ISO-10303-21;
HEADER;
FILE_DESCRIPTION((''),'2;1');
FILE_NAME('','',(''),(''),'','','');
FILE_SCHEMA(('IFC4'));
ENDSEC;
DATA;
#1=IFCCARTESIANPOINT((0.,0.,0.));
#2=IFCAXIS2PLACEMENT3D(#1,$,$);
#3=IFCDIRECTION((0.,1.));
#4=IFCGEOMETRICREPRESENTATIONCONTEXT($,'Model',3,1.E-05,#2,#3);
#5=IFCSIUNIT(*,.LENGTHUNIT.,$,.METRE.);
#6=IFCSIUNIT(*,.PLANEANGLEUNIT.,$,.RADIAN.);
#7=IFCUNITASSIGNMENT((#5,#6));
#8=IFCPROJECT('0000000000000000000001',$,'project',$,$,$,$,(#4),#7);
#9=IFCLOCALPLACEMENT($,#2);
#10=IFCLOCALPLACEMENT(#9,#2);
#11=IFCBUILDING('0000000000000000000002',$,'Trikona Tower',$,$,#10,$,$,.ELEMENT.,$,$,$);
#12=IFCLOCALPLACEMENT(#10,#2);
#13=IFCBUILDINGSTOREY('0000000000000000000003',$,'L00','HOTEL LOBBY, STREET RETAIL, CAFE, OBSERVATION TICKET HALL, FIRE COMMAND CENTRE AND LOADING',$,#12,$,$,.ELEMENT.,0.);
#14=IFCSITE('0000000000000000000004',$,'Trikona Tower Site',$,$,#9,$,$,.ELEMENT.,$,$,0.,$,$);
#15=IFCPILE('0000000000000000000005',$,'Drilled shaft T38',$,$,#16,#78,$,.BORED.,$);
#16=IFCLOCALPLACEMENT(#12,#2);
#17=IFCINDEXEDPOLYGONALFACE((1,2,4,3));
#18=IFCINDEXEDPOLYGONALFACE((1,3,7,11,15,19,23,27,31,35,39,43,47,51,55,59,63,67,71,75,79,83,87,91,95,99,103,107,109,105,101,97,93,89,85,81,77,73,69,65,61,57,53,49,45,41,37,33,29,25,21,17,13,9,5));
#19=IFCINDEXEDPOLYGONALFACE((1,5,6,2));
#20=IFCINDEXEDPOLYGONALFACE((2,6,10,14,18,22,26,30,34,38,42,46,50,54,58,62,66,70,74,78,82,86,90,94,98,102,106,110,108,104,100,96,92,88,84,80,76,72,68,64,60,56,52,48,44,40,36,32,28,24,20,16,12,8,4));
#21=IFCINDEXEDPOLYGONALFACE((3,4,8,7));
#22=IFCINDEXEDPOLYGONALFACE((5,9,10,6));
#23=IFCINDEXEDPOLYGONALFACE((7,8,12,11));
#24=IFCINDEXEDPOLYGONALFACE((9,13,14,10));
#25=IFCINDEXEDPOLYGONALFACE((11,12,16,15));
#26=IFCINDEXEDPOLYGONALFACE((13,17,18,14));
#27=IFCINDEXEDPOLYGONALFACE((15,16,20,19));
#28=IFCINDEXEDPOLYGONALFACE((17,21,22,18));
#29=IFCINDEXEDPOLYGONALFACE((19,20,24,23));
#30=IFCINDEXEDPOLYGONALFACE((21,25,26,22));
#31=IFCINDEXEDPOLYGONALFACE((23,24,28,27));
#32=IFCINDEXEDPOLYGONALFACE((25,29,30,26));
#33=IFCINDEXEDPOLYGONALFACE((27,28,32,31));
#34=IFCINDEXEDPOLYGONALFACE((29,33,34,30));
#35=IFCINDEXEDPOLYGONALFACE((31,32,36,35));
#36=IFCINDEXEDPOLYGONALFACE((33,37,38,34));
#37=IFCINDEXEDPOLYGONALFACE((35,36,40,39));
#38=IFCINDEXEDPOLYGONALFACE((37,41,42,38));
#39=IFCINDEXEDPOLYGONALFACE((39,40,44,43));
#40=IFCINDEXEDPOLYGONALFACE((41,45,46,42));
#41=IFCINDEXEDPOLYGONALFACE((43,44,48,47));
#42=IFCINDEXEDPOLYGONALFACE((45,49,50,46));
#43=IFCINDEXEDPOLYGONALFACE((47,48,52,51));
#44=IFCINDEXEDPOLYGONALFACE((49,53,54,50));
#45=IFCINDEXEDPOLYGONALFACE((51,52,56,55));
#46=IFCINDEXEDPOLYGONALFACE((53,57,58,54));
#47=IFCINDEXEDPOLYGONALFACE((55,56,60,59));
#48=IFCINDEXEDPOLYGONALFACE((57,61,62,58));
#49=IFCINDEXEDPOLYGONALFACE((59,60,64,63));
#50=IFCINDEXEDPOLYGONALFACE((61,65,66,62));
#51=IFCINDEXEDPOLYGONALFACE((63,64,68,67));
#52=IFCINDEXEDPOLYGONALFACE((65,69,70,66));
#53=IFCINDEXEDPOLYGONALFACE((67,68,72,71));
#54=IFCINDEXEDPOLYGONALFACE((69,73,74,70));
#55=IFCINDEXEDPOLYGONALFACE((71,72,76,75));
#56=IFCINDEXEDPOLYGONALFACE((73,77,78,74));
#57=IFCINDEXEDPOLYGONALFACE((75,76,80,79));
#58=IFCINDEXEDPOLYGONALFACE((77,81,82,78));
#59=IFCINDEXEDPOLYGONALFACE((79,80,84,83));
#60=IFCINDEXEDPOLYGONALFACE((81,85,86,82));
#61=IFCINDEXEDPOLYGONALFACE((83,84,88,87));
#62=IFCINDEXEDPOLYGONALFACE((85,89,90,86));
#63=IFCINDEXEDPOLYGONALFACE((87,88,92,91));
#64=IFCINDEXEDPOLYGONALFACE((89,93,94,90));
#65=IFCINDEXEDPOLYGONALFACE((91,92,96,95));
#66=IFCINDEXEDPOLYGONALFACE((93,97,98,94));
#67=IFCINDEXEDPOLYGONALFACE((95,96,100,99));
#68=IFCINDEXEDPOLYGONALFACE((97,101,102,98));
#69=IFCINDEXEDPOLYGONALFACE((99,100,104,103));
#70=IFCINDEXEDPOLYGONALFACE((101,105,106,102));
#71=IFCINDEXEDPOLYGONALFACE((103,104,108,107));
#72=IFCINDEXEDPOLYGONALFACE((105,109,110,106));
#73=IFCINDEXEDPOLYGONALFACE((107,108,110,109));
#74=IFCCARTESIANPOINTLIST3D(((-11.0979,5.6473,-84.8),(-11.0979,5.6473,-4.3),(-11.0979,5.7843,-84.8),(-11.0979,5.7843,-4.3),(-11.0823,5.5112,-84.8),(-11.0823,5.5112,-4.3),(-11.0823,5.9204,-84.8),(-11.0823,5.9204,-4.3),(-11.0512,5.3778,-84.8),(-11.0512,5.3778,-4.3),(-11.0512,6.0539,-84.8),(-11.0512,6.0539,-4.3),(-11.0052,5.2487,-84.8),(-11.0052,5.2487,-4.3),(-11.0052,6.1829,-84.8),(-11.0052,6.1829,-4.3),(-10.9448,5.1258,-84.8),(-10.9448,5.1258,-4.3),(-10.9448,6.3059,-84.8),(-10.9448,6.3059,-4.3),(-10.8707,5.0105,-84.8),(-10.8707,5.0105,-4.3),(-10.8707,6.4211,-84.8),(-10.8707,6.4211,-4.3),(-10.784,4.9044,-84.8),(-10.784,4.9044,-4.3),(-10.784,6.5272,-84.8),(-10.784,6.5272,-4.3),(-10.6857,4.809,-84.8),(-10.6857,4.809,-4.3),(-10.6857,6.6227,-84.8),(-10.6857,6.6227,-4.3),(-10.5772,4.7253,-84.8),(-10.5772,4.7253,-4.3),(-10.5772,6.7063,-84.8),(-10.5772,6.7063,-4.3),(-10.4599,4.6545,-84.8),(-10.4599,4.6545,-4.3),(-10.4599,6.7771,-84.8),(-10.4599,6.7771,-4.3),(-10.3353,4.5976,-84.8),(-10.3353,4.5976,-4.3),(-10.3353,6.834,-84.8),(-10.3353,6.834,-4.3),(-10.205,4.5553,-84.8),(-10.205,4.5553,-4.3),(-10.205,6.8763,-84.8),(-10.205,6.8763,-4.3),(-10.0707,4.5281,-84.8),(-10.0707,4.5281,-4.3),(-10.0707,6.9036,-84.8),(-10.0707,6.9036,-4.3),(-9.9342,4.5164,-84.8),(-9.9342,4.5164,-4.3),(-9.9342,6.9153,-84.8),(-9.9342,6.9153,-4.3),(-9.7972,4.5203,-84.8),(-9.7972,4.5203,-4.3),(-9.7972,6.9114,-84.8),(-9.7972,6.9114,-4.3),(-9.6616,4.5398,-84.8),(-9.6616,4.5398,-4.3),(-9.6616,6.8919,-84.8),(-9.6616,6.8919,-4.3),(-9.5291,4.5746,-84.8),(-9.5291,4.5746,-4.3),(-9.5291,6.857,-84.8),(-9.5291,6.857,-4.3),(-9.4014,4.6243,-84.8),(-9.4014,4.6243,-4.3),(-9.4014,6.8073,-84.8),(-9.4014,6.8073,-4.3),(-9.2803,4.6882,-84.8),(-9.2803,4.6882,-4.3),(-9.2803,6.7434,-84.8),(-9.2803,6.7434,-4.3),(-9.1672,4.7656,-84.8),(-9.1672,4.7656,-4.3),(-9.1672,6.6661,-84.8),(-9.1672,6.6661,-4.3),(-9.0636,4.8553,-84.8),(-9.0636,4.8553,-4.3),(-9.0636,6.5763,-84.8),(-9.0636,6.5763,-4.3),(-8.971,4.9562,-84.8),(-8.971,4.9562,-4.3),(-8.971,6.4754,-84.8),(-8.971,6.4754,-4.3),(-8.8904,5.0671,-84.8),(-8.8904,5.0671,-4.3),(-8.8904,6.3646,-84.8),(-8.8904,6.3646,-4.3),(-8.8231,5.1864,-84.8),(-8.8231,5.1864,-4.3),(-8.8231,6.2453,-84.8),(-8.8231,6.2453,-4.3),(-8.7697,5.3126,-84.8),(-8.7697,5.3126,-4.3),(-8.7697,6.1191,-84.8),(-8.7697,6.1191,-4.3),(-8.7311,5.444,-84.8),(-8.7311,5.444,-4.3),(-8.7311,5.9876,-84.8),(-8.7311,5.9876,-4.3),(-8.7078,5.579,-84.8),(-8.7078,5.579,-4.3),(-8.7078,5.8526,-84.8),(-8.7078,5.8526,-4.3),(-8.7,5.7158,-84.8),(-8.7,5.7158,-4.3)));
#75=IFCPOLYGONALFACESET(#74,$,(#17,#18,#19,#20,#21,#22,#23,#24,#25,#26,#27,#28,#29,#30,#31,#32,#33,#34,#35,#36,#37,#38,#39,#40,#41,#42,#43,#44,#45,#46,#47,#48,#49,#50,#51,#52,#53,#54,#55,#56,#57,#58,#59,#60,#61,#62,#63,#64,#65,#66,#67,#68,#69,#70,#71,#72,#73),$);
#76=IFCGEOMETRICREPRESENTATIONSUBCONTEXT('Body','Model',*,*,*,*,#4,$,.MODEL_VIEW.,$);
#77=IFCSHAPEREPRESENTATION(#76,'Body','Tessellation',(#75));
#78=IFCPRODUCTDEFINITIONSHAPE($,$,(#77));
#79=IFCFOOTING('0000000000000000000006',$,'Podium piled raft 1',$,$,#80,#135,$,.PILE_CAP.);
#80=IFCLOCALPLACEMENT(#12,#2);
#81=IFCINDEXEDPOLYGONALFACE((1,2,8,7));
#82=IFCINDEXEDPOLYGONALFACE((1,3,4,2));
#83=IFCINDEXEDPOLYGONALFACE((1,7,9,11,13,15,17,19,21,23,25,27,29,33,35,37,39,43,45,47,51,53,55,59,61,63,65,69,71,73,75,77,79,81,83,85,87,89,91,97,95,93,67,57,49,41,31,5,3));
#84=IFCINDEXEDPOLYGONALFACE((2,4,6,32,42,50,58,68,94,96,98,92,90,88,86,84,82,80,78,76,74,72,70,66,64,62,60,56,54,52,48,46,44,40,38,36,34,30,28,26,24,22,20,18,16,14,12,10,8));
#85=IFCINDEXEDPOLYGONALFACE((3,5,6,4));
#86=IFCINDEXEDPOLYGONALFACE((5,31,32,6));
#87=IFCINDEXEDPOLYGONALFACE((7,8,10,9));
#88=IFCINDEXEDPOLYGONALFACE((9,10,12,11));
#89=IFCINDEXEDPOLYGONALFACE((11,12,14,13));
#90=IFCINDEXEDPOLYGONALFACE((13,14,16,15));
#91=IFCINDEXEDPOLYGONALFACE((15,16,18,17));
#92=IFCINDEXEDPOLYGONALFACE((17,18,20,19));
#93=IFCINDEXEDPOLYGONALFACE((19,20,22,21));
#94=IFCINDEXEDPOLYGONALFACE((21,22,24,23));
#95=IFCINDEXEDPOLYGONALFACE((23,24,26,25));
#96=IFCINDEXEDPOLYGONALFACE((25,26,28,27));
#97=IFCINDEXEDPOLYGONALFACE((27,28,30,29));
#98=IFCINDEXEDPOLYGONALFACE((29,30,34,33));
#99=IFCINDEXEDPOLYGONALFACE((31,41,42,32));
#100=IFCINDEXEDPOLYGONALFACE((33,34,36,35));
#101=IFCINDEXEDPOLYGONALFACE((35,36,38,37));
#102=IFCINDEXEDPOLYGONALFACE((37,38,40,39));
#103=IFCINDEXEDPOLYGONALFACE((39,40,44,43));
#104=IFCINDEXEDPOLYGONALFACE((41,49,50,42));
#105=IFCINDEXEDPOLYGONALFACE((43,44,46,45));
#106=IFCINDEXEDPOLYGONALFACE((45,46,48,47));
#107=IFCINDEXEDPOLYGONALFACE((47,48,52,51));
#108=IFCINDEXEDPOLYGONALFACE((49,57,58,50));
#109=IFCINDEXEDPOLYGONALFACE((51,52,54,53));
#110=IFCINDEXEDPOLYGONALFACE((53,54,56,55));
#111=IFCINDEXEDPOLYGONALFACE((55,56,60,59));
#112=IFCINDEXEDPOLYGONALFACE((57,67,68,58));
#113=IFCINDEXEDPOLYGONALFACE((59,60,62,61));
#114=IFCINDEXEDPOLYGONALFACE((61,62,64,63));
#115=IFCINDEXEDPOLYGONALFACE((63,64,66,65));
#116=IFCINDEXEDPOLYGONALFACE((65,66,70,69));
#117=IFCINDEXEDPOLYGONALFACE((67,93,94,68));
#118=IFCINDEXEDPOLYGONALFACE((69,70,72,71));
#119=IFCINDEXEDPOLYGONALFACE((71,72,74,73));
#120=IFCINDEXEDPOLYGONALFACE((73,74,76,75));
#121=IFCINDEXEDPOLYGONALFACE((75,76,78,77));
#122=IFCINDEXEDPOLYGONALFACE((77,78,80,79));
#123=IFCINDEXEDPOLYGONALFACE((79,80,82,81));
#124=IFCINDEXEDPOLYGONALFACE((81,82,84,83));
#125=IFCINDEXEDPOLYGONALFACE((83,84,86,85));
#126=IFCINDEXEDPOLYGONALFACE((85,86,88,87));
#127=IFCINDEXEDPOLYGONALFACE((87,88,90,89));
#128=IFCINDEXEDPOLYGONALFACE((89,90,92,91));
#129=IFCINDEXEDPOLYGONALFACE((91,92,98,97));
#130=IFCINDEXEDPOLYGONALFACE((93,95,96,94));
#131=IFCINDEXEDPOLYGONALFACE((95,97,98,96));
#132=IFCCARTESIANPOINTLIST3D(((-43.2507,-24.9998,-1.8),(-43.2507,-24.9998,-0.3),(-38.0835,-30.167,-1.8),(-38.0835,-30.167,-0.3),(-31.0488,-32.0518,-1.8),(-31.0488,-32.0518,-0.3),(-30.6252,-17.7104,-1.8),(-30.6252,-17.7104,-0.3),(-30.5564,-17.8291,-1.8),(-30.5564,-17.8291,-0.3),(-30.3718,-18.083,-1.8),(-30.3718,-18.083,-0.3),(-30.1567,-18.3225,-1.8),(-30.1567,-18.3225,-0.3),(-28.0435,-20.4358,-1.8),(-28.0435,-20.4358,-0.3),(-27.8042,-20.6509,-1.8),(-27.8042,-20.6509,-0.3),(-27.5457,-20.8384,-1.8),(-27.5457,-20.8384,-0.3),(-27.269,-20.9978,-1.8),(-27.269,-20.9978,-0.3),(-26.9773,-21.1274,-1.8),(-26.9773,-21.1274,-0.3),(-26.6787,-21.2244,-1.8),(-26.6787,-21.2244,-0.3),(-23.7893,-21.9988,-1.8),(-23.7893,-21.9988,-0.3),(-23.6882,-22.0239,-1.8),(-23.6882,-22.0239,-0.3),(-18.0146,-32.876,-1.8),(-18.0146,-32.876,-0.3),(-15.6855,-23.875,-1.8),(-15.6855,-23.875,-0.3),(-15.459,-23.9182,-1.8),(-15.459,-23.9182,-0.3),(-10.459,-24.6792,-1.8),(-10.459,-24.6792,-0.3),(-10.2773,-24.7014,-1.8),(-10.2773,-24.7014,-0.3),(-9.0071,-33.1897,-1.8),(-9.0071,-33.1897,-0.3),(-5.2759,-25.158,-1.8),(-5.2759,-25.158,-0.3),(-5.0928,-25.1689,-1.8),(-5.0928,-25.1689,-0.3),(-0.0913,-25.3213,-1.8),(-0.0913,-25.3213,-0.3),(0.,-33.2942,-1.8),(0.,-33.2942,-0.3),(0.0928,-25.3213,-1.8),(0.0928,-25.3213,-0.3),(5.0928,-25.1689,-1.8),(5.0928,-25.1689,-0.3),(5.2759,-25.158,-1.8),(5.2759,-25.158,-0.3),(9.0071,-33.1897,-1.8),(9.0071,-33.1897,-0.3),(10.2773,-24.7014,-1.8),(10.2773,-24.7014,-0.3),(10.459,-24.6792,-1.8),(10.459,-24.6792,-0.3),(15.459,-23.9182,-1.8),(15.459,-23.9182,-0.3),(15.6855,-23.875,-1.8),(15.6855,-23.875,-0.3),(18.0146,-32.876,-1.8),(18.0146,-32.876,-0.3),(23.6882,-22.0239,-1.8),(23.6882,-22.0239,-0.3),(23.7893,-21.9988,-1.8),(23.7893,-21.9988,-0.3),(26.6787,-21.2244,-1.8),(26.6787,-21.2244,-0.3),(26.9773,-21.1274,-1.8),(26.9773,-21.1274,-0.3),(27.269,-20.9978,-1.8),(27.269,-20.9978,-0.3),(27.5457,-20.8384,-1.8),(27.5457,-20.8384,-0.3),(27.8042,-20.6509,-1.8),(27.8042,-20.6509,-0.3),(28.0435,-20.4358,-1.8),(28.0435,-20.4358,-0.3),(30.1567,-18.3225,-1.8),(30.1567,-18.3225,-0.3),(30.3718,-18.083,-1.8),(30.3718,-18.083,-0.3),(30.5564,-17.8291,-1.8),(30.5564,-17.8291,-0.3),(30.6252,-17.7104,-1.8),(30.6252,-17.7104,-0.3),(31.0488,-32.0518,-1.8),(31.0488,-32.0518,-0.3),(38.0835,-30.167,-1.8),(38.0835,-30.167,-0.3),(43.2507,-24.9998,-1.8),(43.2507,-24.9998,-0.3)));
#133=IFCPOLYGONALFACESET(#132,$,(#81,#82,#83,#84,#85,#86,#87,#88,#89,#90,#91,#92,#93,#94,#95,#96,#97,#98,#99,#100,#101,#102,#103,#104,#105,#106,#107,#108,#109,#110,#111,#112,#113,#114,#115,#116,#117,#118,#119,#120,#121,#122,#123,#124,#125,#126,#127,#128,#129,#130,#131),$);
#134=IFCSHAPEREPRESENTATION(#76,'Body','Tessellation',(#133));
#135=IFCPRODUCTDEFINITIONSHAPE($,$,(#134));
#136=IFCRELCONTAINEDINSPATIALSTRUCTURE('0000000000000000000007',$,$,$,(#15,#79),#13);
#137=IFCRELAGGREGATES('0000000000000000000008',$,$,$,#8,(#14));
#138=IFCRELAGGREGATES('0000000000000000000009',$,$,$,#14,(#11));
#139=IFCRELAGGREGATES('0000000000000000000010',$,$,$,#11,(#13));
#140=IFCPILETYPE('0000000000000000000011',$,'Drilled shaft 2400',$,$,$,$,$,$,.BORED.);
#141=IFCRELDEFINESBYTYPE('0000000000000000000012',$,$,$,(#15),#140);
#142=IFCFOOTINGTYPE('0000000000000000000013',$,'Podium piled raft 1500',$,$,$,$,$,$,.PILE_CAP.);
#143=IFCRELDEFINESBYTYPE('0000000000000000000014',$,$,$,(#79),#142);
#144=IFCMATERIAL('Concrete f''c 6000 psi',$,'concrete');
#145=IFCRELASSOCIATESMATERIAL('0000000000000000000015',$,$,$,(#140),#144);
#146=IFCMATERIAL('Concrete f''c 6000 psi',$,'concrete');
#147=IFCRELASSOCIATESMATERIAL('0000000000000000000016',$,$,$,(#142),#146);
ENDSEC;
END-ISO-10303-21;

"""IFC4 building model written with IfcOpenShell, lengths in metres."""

from ifc_helpers import new_model, si_unit, direction, frame, origin, origin_2d, place, context, subcontext, project, spatial, polyline, circle, outline, extrude, material, type_object, element, save


model = new_model("IFC4")

# Units and contexts
model_context = context("Model", 3, precision=1e-05, world=origin(), true_north=direction((0.0, 1.0)))
body_context = subcontext(model_context, "Body", "Model", "MODEL_VIEW")
ifc_project = project(units=[si_unit("LENGTHUNIT", "METRE"), si_unit("PLANEANGLEUNIT", "RADIAN")], contexts=[model_context])

# Site, building, storey
site_placement = place(None, origin())
site = spatial("IfcSite", under=ifc_project, at=site_placement, Name="Trikona Tower Site", CompositionType="ELEMENT", RefElevation=0.0)
building_placement = place(site_placement, origin())
building = spatial("IfcBuilding", under=site, at=building_placement, Name="Trikona Tower", CompositionType="ELEMENT")
storey_placement = place(building_placement, origin())
storey = spatial("IfcBuildingStorey", under=building, at=storey_placement, Name="L00", Description="HOTEL LOBBY, STREET RETAIL, CAFE, OBSERVATION TICKET HALL, FIRE COMMAND CENTRE AND LOADING", CompositionType="ELEMENT", Elevation=0.0)

# Pile
ifc_material_1 = material(Name="Concrete f'c 6000 psi", Category="concrete")
pile_type = type_object("IfcPileType", Name="Drilled shaft 2400", PredefinedType="BORED", material=ifc_material_1)
for number, where, z_axis, x_axis, name in (
    (1, (-9.8999, 5.7158, -4.3), (0.0, 0.0, -1.0), (1.0, 0.0, 0.0), "Drilled shaft T38"),
):
    element("IfcPile", number, at=place(storey_placement, frame(where, z_axis=z_axis, x_axis=x_axis)), inside=storey, type_object=pile_type, Name=name, PredefinedType="BORED", context=body_context, shape_type="SweptSolid", body=[
        extrude(circle(Radius=1.2, at=origin_2d()), origin(), (0.0, 0.0, 1.0), 80.5),
    ])

# Footing
ifc_material_2 = material(Name="Concrete f'c 6000 psi", Category="concrete")
footing_type_1 = type_object("IfcFootingType", Name="Podium piled raft 1500", PredefinedType="PILE_CAP", material=ifc_material_2)
footing_1_placement = place(storey_placement, frame((0.0, 0.0, -1.8)))
element("IfcFooting", 2, at=footing_1_placement, inside=storey, type_object=footing_type_1, Name="Podium piled raft 1", PredefinedType="PILE_CAP", context=body_context, shape_type="SweptSolid", body=[
    extrude(outline(polyline([(-43.2507, -24.9998), (-38.0835, -30.167), (-31.0488, -32.0518), (-18.0146, -32.876), (-9.0071, -33.1897), (0.0, -33.2942), (9.0071, -33.1897), (18.0146, -32.876), (31.0488, -32.0518), (38.0835, -30.167), (43.2507, -24.9998), (30.6252, -17.7104), (30.5564, -17.8291), (30.3718, -18.083), (30.1567, -18.3225), (28.0435, -20.4358), (27.8042, -20.6509), (27.5457, -20.8384), (27.269, -20.9978), (26.9773, -21.1274), (26.6787, -21.2244), (23.7893, -21.9988), (23.6882, -22.0239), (15.6855, -23.875), (15.459, -23.9182), (10.459, -24.6792), (10.2773, -24.7014), (5.2759, -25.158), (5.0928, -25.1689), (0.0928, -25.3213), (-0.0913, -25.3213), (-5.0928, -25.1689), (-5.2759, -25.158), (-10.2773, -24.7014), (-10.459, -24.6792), (-15.459, -23.9182), (-15.6855, -23.875), (-23.6882, -22.0239), (-23.7893, -21.9988), (-26.6787, -21.2244), (-26.9773, -21.1274), (-27.269, -20.9978), (-27.5457, -20.8384), (-27.8042, -20.6509), (-28.0435, -20.4358), (-30.1567, -18.3225), (-30.3718, -18.083), (-30.5564, -17.8291), (-30.6252, -17.7104), (-43.2507, -24.9998)])), origin(), (0.0, 0.0, 1.0), 1.5),
])

save(model, "model.ifc")
